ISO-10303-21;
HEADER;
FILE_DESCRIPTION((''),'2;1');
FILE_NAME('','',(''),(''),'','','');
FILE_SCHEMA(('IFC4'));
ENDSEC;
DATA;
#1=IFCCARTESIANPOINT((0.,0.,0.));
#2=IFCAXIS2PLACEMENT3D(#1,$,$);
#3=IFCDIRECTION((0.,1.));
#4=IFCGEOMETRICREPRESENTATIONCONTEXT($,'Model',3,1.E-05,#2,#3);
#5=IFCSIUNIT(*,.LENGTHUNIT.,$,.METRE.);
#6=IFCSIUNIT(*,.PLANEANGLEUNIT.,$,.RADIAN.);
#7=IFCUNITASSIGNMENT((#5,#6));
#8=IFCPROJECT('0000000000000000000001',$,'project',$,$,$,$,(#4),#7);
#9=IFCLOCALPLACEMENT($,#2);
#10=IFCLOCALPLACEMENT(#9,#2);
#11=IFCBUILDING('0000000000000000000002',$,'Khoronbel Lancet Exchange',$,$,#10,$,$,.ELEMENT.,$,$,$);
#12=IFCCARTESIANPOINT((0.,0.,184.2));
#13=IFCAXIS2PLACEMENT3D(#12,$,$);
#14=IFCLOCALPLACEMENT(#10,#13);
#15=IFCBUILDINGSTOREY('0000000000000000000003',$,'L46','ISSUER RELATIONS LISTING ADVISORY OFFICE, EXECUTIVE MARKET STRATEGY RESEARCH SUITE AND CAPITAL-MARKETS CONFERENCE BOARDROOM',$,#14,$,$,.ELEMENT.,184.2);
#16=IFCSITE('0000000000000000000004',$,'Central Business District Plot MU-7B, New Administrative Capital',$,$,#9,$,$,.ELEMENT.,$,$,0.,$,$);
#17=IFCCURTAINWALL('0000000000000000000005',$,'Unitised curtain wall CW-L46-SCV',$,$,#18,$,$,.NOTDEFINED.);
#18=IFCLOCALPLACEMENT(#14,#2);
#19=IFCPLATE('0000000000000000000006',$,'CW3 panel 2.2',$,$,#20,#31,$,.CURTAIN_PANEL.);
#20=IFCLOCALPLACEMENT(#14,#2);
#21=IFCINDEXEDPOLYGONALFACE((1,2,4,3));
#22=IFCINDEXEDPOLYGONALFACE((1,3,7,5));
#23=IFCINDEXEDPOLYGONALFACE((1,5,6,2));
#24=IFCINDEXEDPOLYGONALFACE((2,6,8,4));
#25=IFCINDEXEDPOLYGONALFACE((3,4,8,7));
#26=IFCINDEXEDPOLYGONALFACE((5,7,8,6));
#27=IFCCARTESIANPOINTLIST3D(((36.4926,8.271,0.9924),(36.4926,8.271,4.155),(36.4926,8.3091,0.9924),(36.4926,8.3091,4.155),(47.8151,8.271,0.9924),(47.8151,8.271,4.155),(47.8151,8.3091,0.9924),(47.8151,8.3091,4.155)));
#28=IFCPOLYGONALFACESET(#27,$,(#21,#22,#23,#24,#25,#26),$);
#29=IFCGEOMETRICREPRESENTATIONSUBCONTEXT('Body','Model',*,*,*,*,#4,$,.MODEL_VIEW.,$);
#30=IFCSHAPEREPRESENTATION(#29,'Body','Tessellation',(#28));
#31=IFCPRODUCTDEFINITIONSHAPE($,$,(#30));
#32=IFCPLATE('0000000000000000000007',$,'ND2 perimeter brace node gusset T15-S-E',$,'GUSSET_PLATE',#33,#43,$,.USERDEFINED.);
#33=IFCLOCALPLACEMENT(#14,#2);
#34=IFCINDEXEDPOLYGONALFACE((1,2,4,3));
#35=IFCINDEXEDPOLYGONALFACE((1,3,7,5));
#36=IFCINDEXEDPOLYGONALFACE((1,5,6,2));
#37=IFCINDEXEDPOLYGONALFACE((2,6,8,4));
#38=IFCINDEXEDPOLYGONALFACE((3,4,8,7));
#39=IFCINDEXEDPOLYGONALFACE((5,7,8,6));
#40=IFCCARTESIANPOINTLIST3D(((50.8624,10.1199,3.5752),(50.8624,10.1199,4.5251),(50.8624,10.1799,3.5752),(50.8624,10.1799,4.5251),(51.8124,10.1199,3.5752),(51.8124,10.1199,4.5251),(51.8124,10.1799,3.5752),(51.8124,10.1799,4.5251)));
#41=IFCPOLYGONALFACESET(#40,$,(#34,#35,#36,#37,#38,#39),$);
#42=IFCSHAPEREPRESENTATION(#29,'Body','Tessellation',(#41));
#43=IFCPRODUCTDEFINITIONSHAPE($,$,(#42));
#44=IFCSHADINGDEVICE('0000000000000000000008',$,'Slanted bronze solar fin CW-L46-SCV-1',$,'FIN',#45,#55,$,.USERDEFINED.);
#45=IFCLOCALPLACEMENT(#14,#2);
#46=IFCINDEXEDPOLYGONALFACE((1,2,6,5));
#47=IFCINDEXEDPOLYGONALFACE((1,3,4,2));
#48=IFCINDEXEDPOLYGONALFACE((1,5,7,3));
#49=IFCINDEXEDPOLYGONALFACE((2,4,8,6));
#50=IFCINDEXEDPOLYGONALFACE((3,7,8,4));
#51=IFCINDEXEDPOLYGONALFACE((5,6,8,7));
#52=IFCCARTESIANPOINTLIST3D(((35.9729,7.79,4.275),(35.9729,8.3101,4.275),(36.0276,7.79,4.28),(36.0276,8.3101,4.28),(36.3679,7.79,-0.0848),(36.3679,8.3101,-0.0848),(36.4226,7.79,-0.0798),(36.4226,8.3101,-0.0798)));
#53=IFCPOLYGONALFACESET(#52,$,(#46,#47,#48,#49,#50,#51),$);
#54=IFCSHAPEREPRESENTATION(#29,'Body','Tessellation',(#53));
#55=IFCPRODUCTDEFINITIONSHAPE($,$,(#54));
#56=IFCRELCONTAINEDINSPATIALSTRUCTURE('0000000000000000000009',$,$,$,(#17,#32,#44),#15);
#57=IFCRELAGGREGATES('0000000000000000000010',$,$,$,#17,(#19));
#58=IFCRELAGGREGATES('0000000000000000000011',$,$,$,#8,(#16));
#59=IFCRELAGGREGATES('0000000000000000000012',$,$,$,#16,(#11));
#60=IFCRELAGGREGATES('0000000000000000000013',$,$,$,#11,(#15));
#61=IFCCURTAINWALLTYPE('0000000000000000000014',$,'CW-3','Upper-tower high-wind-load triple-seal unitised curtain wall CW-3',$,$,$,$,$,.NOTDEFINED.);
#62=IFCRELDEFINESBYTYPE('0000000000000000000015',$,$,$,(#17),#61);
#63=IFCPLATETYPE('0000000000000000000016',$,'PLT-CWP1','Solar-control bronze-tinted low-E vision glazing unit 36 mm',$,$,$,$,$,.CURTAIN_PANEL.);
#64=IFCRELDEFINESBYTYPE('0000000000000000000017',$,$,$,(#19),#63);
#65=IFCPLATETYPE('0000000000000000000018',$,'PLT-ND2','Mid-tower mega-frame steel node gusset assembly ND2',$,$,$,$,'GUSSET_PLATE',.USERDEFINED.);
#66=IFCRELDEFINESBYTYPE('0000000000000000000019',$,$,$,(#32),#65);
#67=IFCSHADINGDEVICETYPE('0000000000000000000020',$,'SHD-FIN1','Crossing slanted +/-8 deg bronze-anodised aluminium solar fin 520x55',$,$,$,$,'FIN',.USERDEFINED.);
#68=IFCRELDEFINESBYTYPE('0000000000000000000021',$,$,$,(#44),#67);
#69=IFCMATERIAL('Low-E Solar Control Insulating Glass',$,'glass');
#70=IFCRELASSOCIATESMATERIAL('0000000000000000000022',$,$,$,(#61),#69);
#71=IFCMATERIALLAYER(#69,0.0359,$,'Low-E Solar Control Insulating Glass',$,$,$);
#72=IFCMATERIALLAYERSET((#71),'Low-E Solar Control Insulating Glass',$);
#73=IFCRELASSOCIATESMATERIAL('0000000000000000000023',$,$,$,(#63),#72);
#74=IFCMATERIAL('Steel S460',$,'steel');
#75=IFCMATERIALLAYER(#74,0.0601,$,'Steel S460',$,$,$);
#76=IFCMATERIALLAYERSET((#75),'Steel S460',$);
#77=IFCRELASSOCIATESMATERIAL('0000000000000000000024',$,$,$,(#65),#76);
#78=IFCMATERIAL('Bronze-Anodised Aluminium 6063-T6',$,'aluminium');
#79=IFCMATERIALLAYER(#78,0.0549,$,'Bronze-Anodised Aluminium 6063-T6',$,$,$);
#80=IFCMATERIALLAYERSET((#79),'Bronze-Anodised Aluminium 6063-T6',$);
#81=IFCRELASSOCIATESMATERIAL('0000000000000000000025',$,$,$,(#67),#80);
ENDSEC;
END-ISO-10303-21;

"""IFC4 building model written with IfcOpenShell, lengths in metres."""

from ifc_helpers import new_model, si_unit, direction, frame, origin, origin_2d, place, context, subcontext, project, spatial, polyline, rectangle, outline, extrude, material, layer, layer_set, type_object, element, aggregate, save


model = new_model("IFC4")

# Units and contexts
model_context = context("Model", 3, precision=1e-05, world=origin(), true_north=direction((0.0, 1.0)))
body_context = subcontext(model_context, "Body", "Model", "MODEL_VIEW")
ifc_project = project(units=[si_unit("LENGTHUNIT", "METRE"), si_unit("PLANEANGLEUNIT", "RADIAN")], contexts=[model_context])

# Site, building, storey
site_placement = place(None, origin())
site = spatial("IfcSite", under=ifc_project, at=site_placement, Name="Central Business District Plot MU-7B, New Administrative Capital", CompositionType="ELEMENT", RefElevation=0.0)
building_placement = place(site_placement, origin())
building = spatial("IfcBuilding", under=site, at=building_placement, Name="Khoronbel Lancet Exchange", CompositionType="ELEMENT")
storey_placement = place(building_placement, frame((0.0, 0.0, 184.2)))
storey = spatial("IfcBuildingStorey", under=building, at=storey_placement, Name="L46", Description="ISSUER RELATIONS LISTING ADVISORY OFFICE, EXECUTIVE MARKET STRATEGY RESEARCH SUITE AND CAPITAL-MARKETS CONFERENCE BOARDROOM", CompositionType="ELEMENT", Elevation=184.2)

# Shared definitions
ifc_material_1 = material(Name="Steel S460", Category="steel")

# Curtain wall
ifc_material_2 = material(Name="Low-E Solar Control Insulating Glass", Category="glass")
curtain_wall_type = type_object("IfcCurtainWallType", Name="CW-3", Description="Upper-tower high-wind-load triple-seal unitised curtain wall CW-3", PredefinedType="NOTDEFINED", material=ifc_material_2)
curtain_wall_1_placement = place(storey_placement, origin())
curtain_wall_1 = element("IfcCurtainWall", 1, at=curtain_wall_1_placement, inside=storey, type_object=curtain_wall_type, Name="Unitised curtain wall CW-L46-SCV", PredefinedType="NOTDEFINED")
ifc_material_3 = material(Name="Bronze-Anodised Aluminium 6063-T6", Category="aluminium")

# Plates
ifc_layer_1 = layer(ifc_material_2, 0.0359, Name="Low-E Solar Control Insulating Glass")
ifc_layer_set_1 = layer_set([ifc_layer_1], Name="Low-E Solar Control Insulating Glass")
plate_type_1 = type_object("IfcPlateType", Name="PLT-CWP1", Description="Solar-control bronze-tinted low-E vision glazing unit 36 mm", PredefinedType="CURTAIN_PANEL", material=ifc_layer_set_1)
plate_1_placement = place(storey_placement, frame((42.1538, 8.29, 0.9924), z_axis=(0.0, 0.0, 1.0), x_axis=(1.0, 0.0, 0.0)))
plate_1 = element("IfcPlate", 2, at=plate_1_placement, type_object=plate_type_1, Name="CW3 panel 2.2", PredefinedType="CURTAIN_PANEL", context=body_context, shape_type="SweptSolid", body=[
    extrude(rectangle(XDim=11.3225, YDim=0.0381, at=origin_2d()), origin(), (0.0, 0.0, 1.0), 3.1626),
])
aggregate(curtain_wall_1, [plate_1])
ifc_layer_2 = layer(ifc_material_1, 0.0601, Name="Steel S460")
ifc_layer_set_2 = layer_set([ifc_layer_2], Name="Steel S460")
plate_type_2 = type_object("IfcPlateType", Name="PLT-ND2", Description="Mid-tower mega-frame steel node gusset assembly ND2", ElementType="GUSSET_PLATE", PredefinedType="USERDEFINED", material=ifc_layer_set_2)
plate_2_placement = place(storey_placement, frame((51.3374, 10.1499, 3.5752), z_axis=(0.0, 0.0, 1.0), x_axis=(1.0, 0.0, 0.0)))
element("IfcPlate", 3, at=plate_2_placement, inside=storey, type_object=plate_type_2, Name="ND2 perimeter brace node gusset T15-S-E", ObjectType="GUSSET_PLATE", PredefinedType="USERDEFINED", context=body_context, shape_type="SweptSolid", body=[
    extrude(rectangle(XDim=0.95, YDim=0.0601, at=origin_2d()), origin(), (0.0, 0.0, 1.0), 0.95),
])

# Shading device
ifc_layer_3 = layer(ifc_material_3, 0.0549, Name="Bronze-Anodised Aluminium 6063-T6")
ifc_layer_set_3 = layer_set([ifc_layer_3], Name="Bronze-Anodised Aluminium 6063-T6")
shading_device_type = type_object("IfcShadingDeviceType", Name="SHD-FIN1", Description="Crossing slanted +/-8 deg bronze-anodised aluminium solar fin 520x55", ElementType="FIN", PredefinedType="USERDEFINED", material=ifc_layer_set_3)
shading_device_placement = place(storey_placement, frame((36.4226, 8.3101, -0.0798), z_axis=(0.995921, 0.0, 0.090234), x_axis=(0.0, -1.0, 0.0)))
element("IfcShadingDevice", 4, at=shading_device_placement, inside=storey, type_object=shading_device_type, Name="Slanted bronze solar fin CW-L46-SCV-1", ObjectType="FIN", PredefinedType="USERDEFINED", context=body_context, shape_type="SweptSolid", body=[
    extrude(outline(polyline([(0.0, 0.0), (0.52, 0.0), (0.52, -4.3777), (0.0, -4.3777), (0.0, 0.0)])), origin(), (0.0, 0.0, -1.0), 0.0549),
])

save(model, "model.ifc")
